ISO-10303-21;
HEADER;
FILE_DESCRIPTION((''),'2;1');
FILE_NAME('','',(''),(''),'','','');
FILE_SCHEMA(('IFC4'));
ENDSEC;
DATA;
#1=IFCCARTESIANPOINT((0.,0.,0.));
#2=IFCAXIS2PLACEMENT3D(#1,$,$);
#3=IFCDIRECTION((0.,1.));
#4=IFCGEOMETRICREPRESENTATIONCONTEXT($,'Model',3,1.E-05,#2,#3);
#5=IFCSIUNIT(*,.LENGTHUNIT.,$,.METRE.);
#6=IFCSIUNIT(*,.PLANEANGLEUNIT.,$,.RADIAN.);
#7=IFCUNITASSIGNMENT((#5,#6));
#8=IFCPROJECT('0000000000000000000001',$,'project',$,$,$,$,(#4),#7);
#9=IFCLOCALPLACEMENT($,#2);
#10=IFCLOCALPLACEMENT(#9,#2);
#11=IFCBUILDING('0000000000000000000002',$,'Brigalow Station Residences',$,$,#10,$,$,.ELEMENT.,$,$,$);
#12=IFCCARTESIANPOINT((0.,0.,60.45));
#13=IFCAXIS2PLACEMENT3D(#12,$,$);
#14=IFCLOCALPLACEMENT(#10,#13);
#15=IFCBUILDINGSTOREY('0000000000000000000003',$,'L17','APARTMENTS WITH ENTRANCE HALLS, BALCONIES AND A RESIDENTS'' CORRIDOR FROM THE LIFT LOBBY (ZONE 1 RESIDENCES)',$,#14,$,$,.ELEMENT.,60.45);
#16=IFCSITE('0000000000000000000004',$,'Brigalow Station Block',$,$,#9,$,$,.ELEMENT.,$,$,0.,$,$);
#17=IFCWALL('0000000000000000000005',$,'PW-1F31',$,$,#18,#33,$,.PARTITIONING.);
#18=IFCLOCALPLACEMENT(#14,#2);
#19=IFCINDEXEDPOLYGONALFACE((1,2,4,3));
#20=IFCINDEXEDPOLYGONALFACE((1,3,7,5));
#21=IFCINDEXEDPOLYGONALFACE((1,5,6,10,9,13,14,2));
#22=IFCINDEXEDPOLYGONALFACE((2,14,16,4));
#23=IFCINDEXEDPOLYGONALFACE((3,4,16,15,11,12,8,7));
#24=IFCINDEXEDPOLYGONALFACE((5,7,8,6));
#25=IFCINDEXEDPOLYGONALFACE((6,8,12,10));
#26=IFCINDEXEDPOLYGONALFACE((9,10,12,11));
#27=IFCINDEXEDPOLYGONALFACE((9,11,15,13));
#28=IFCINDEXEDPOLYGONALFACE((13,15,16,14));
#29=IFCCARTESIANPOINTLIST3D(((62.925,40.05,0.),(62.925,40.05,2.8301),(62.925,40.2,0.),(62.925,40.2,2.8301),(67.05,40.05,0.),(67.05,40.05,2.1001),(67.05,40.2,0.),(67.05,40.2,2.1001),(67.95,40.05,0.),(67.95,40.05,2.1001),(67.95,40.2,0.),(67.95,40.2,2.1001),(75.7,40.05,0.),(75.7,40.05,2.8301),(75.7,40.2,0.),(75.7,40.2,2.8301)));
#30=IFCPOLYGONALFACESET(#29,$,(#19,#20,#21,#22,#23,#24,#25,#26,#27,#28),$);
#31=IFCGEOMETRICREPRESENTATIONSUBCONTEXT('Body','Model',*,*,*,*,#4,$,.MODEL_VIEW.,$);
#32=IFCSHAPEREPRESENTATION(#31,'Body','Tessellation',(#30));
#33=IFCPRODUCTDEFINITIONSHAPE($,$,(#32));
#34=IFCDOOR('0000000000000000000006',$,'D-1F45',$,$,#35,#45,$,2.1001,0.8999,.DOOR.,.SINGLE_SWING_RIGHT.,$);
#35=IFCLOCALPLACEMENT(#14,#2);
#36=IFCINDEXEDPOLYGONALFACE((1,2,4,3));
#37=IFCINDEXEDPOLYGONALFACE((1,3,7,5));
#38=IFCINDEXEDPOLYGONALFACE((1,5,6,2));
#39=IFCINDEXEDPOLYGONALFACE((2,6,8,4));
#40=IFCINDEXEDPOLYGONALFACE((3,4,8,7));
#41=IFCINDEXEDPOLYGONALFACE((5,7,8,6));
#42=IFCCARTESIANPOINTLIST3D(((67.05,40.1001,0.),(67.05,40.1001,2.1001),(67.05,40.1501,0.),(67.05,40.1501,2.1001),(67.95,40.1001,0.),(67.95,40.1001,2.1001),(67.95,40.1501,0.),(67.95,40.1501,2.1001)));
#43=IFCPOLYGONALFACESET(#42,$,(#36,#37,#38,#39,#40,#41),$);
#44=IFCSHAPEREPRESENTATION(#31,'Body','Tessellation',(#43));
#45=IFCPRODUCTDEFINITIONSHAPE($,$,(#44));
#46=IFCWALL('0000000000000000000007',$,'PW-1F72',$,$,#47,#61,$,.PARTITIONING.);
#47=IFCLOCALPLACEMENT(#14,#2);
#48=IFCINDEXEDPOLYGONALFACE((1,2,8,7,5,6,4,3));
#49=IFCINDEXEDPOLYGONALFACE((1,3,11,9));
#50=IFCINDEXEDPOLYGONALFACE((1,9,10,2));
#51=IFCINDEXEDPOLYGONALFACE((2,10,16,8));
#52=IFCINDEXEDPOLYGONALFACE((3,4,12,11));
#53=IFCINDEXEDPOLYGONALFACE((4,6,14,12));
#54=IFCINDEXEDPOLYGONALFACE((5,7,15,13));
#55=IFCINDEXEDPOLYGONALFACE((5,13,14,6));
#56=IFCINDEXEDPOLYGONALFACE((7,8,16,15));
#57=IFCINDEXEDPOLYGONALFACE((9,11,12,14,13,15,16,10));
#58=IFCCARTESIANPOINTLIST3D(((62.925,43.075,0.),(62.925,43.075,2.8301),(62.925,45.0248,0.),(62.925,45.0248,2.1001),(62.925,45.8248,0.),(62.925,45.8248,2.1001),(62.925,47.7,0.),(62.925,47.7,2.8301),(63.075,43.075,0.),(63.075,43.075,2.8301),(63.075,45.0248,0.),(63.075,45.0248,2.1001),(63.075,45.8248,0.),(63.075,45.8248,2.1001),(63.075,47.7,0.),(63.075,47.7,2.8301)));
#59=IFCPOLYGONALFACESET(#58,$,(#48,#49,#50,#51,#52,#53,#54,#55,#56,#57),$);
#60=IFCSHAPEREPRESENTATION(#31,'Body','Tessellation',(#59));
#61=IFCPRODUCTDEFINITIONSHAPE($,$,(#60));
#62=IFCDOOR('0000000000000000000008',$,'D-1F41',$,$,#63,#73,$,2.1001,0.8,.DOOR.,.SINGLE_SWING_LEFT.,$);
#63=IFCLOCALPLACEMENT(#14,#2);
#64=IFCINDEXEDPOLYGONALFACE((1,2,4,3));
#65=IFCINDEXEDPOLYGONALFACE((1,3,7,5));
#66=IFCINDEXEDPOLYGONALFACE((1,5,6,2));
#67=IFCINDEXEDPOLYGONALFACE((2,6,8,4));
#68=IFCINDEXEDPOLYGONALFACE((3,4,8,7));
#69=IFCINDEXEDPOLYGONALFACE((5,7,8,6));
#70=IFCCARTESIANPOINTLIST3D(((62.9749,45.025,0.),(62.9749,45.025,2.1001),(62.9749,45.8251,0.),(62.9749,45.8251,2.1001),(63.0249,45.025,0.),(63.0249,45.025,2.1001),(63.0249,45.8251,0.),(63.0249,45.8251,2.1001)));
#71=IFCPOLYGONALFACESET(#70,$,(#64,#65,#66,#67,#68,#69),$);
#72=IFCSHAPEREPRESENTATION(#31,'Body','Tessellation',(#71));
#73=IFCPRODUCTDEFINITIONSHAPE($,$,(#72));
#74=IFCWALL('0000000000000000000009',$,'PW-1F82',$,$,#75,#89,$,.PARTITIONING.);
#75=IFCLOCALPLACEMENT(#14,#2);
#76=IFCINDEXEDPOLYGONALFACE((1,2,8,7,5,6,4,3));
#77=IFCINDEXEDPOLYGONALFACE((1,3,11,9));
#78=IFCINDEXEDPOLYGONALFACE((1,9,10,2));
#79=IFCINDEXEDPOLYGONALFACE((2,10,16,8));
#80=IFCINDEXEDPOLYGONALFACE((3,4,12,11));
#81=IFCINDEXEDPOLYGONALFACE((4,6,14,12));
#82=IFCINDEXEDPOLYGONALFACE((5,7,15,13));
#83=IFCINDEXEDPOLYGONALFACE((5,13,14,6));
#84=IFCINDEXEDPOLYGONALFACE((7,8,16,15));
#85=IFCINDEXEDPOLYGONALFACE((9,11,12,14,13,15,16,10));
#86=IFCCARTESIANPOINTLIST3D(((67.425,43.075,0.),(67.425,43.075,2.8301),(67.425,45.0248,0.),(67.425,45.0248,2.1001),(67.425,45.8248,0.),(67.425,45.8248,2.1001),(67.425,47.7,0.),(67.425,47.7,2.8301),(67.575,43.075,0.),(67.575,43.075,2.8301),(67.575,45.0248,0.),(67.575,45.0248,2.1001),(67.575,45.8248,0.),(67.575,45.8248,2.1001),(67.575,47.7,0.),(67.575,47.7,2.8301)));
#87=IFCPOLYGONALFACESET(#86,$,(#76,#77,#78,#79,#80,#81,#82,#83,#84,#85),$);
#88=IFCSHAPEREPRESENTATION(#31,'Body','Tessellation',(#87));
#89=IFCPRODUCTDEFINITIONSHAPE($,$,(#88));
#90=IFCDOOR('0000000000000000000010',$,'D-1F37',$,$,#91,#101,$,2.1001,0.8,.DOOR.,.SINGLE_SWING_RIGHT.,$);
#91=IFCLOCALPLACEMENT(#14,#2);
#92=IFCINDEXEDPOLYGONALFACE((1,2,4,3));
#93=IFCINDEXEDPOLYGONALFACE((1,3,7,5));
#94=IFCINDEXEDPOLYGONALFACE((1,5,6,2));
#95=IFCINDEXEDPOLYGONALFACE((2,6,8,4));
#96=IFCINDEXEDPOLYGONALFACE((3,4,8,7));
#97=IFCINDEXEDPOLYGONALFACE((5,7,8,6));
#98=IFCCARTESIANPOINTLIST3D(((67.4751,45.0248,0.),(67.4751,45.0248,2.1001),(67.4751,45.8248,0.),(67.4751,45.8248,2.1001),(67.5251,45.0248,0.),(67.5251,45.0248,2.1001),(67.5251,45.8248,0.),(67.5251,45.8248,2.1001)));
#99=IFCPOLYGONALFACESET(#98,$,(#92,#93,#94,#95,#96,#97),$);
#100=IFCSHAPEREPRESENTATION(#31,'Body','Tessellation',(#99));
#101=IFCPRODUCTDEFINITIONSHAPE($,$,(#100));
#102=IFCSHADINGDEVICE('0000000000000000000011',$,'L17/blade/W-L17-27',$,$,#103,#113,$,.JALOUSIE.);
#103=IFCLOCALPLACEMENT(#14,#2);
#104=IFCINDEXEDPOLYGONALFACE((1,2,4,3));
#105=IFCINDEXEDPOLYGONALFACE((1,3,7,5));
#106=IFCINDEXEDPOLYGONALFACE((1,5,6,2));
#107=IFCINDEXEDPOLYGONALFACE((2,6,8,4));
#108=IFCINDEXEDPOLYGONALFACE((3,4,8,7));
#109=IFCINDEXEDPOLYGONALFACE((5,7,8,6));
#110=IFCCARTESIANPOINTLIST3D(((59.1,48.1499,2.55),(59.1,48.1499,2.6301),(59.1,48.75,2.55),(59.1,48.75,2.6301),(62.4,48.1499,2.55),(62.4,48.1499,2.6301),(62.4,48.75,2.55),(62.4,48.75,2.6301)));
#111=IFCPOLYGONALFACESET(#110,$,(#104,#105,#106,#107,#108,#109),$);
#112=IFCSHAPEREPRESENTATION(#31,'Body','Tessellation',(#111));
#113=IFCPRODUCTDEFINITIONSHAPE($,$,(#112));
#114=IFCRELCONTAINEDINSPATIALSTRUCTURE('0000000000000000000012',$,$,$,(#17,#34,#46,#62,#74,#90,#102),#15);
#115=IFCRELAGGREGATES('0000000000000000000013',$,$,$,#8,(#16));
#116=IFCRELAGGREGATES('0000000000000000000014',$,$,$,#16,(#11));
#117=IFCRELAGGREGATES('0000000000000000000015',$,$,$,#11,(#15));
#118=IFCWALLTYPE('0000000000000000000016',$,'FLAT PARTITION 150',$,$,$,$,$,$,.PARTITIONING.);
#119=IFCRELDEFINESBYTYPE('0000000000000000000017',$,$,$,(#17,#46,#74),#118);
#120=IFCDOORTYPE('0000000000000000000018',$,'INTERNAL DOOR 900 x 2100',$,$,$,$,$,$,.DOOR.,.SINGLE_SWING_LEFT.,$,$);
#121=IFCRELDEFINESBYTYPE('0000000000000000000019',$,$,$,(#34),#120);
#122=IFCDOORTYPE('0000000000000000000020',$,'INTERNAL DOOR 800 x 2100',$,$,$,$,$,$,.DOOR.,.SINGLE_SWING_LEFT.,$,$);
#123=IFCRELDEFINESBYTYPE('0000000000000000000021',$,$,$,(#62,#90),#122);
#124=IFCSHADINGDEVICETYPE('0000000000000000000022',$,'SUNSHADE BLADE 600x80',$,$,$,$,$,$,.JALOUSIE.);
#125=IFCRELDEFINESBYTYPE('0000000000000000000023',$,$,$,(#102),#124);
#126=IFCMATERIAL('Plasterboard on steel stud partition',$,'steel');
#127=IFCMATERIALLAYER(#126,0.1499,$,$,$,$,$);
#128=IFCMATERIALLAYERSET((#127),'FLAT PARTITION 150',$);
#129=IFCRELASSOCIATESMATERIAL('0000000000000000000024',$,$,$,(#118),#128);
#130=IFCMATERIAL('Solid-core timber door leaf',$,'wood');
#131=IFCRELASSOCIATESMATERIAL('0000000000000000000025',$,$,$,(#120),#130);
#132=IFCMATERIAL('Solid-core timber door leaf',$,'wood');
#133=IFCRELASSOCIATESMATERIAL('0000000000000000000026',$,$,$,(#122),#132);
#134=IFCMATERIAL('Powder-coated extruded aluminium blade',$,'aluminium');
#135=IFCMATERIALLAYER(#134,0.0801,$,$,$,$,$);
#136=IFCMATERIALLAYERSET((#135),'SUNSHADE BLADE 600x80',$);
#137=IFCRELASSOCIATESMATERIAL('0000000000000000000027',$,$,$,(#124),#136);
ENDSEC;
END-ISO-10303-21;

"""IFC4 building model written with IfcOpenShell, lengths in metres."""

from ifc_helpers import new_model, si_unit, direction, frame, frame_2d, origin, origin_2d, place, context, subcontext, project, spatial, rectangle, extrude, material, layer, layer_set, type_object, element, fill, save


model = new_model("IFC4")

# Units and contexts
model_context = context("Model", 3, precision=1e-05, world=origin(), true_north=direction((0.0, 1.0)))
body_context = subcontext(model_context, "Body", "Model", "MODEL_VIEW")
ifc_project = project(units=[si_unit("LENGTHUNIT", "METRE"), si_unit("PLANEANGLEUNIT", "RADIAN")], contexts=[model_context])

# Site, building, storey
site_placement = place(None, origin())
site = spatial("IfcSite", under=ifc_project, at=site_placement, Name="Brigalow Station Block", CompositionType="ELEMENT", RefElevation=0.0)
building_placement = place(site_placement, origin())
building = spatial("IfcBuilding", under=site, at=building_placement, Name="Brigalow Station Residences", CompositionType="ELEMENT")
storey_placement = place(building_placement, frame((0.0, 0.0, 60.45)))
storey = spatial("IfcBuildingStorey", under=building, at=storey_placement, Name="L17", Description="APARTMENTS WITH ENTRANCE HALLS, BALCONIES AND A RESIDENTS' CORRIDOR FROM THE LIFT LOBBY (ZONE 1 RESIDENCES)", CompositionType="ELEMENT", Elevation=60.45)

# Walls, openings, doors
ifc_material_1 = material(Name="Plasterboard on steel stud partition", Category="steel")
ifc_layer_1 = layer(ifc_material_1, 0.1499)
ifc_layer_set_1 = layer_set([ifc_layer_1], Name="FLAT PARTITION 150")
wall_type_1 = type_object("IfcWallType", Name="FLAT PARTITION 150", PredefinedType="PARTITIONING", material=ifc_layer_set_1)
wall_1_placement = place(storey_placement, frame((62.925, 40.125, 0.0), z_axis=(0.0, 0.0, 1.0), x_axis=(1.0, 0.0, 0.0)))
wall_1 = element("IfcWall", 1, at=wall_1_placement, inside=storey, type_object=wall_type_1, Name="PW-1F31", PredefinedType="PARTITIONING", context=body_context, shape_type="SweptSolid", body=[
    extrude(rectangle(XDim=12.7749, YDim=0.1499, at=frame_2d((6.3875, 0.0))), origin(), (0.0, 0.0, 1.0), 2.8301),
])
opening_1_placement = place(wall_1_placement, frame((4.125, 0.0, 0.0)))
opening_1 = element("IfcOpeningElement", 2, at=opening_1_placement, cuts=wall_1, PredefinedType="OPENING", context=body_context, shape_type="SweptSolid", body=[
    extrude(rectangle(XDim=0.8999, YDim=2.1001, at=frame_2d((0.45, 1.05))), frame((0.0, 0.085, 0.0), z_axis=(0.0, -1.0, 0.0), x_axis=(1.0, 0.0, 0.0)), (0.0, 0.0, 1.0), 0.1699),
])
ifc_material_2 = material(Name="Solid-core timber door leaf", Category="wood")
door_type_1 = type_object("IfcDoorType", Name="INTERNAL DOOR 900 x 2100", OperationType="SINGLE_SWING_LEFT", PredefinedType="DOOR", material=ifc_material_2)
door_1_placement = place(opening_1_placement, frame((0.8999, 0.0, 0.0), z_axis=(0.0, 0.0, 1.0), x_axis=(-1.0, 0.0, 0.0)))
door_1 = element("IfcDoor", 3, at=door_1_placement, inside=storey, type_object=door_type_1, Name="D-1F45", OperationType="SINGLE_SWING_RIGHT", OverallHeight=2.1001, OverallWidth=0.8999, PredefinedType="DOOR", context=body_context, shape_type="SweptSolid", body=[
    extrude(rectangle(XDim=0.8999, YDim=2.1001, at=frame_2d((0.45, 1.05))), frame((0.0, 0.0249, 0.0), z_axis=(0.0, -1.0, 0.0), x_axis=(1.0, 0.0, 0.0)), (0.0, 0.0, 1.0), 0.05),
])
fill(opening_1, door_1)
wall_2_placement = place(storey_placement, frame((63.0, 43.075, 0.0), z_axis=(0.0, 0.0, 1.0), x_axis=(0.0, 1.0, 0.0)))
wall_2 = element("IfcWall", 4, at=wall_2_placement, inside=storey, type_object=wall_type_1, Name="PW-1F72", PredefinedType="PARTITIONING", context=body_context, shape_type="SweptSolid", body=[
    extrude(rectangle(XDim=4.625, YDim=0.1499, at=frame_2d((2.3125, 0.0))), origin(), (0.0, 0.0, 1.0), 2.8301),
])
opening_2_placement = place(wall_2_placement, frame((1.95, 0.0, 0.0)))
opening_2 = element("IfcOpeningElement", 5, at=opening_2_placement, cuts=wall_2, PredefinedType="OPENING", context=body_context, shape_type="SweptSolid", body=[
    extrude(rectangle(XDim=0.8, YDim=2.1001, at=frame_2d((0.3999, 1.05))), frame((0.0, 0.085, 0.0), z_axis=(0.0, -1.0, 0.0), x_axis=(1.0, 0.0, 0.0)), (0.0, 0.0, 1.0), 0.1699),
])
ifc_material_3 = material(Name="Solid-core timber door leaf", Category="wood")
door_type_2 = type_object("IfcDoorType", Name="INTERNAL DOOR 800 x 2100", OperationType="SINGLE_SWING_LEFT", PredefinedType="DOOR", material=ifc_material_3)
door_2_placement = place(opening_2_placement, frame((0.8, 0.0, 0.0), z_axis=(0.0, 0.0, 1.0), x_axis=(-1.0, 0.0, 0.0)))
door_2 = element("IfcDoor", 6, at=door_2_placement, inside=storey, type_object=door_type_2, Name="D-1F41", OperationType="SINGLE_SWING_LEFT", OverallHeight=2.1001, OverallWidth=0.8, PredefinedType="DOOR", context=body_context, shape_type="SweptSolid", body=[
    extrude(rectangle(XDim=0.8, YDim=2.1001, at=frame_2d((0.3999, 1.05))), frame((0.0, 0.0249, 0.0), z_axis=(0.0, -1.0, 0.0), x_axis=(1.0, 0.0, 0.0)), (0.0, 0.0, 1.0), 0.05),
])
fill(opening_2, door_2)
wall_3_placement = place(storey_placement, frame((67.5, 43.075, 0.0), z_axis=(0.0, 0.0, 1.0), x_axis=(0.0, 1.0, 0.0)))
wall_3 = element("IfcWall", 7, at=wall_3_placement, inside=storey, type_object=wall_type_1, Name="PW-1F82", PredefinedType="PARTITIONING", context=body_context, shape_type="SweptSolid", body=[
    extrude(rectangle(XDim=4.625, YDim=0.1499, at=frame_2d((2.3125, 0.0))), origin(), (0.0, 0.0, 1.0), 2.8301),
])
opening_3_placement = place(wall_3_placement, frame((1.95, 0.0, 0.0)))
opening_3 = element("IfcOpeningElement", 8, at=opening_3_placement, cuts=wall_3, PredefinedType="OPENING", context=body_context, shape_type="SweptSolid", body=[
    extrude(rectangle(XDim=0.8, YDim=2.1001, at=frame_2d((0.3999, 1.05))), frame((0.0, 0.085, 0.0), z_axis=(0.0, -1.0, 0.0), x_axis=(1.0, 0.0, 0.0)), (0.0, 0.0, 1.0), 0.1699),
])
door_3_placement = place(opening_3_placement, origin())
door_3 = element("IfcDoor", 9, at=door_3_placement, inside=storey, type_object=door_type_2, Name="D-1F37", OperationType="SINGLE_SWING_RIGHT", OverallHeight=2.1001, OverallWidth=0.8, PredefinedType="DOOR", context=body_context, shape_type="SweptSolid", body=[
    extrude(rectangle(XDim=0.8, YDim=2.1001, at=frame_2d((0.3999, 1.05))), frame((0.0, 0.0249, 0.0), z_axis=(0.0, -1.0, 0.0), x_axis=(1.0, 0.0, 0.0)), (0.0, 0.0, 1.0), 0.05),
])
fill(opening_3, door_3)

# Shading device
ifc_material_4 = material(Name="Powder-coated extruded aluminium blade", Category="aluminium")
ifc_layer_2 = layer(ifc_material_4, 0.0801)
ifc_layer_set_2 = layer_set([ifc_layer_2], Name="SUNSHADE BLADE 600x80")
shading_device_type = type_object("IfcShadingDeviceType", Name="SUNSHADE BLADE 600x80", PredefinedType="JALOUSIE", material=ifc_layer_set_2)
shading_device_placement = place(storey_placement, frame((60.75, 48.45, 2.55), z_axis=(0.0, 0.0, 1.0), x_axis=(-1.0, 0.0, 0.0)))
element("IfcShadingDevice", 10, at=shading_device_placement, inside=storey, type_object=shading_device_type, Name="L17/blade/W-L17-27", PredefinedType="JALOUSIE", context=body_context, shape_type="SweptSolid", body=[
    extrude(rectangle(XDim=3.3, YDim=0.6001, at=origin_2d()), origin(), (0.0, 0.0, 1.0), 0.0801),
])

save(model, "model.ifc")
